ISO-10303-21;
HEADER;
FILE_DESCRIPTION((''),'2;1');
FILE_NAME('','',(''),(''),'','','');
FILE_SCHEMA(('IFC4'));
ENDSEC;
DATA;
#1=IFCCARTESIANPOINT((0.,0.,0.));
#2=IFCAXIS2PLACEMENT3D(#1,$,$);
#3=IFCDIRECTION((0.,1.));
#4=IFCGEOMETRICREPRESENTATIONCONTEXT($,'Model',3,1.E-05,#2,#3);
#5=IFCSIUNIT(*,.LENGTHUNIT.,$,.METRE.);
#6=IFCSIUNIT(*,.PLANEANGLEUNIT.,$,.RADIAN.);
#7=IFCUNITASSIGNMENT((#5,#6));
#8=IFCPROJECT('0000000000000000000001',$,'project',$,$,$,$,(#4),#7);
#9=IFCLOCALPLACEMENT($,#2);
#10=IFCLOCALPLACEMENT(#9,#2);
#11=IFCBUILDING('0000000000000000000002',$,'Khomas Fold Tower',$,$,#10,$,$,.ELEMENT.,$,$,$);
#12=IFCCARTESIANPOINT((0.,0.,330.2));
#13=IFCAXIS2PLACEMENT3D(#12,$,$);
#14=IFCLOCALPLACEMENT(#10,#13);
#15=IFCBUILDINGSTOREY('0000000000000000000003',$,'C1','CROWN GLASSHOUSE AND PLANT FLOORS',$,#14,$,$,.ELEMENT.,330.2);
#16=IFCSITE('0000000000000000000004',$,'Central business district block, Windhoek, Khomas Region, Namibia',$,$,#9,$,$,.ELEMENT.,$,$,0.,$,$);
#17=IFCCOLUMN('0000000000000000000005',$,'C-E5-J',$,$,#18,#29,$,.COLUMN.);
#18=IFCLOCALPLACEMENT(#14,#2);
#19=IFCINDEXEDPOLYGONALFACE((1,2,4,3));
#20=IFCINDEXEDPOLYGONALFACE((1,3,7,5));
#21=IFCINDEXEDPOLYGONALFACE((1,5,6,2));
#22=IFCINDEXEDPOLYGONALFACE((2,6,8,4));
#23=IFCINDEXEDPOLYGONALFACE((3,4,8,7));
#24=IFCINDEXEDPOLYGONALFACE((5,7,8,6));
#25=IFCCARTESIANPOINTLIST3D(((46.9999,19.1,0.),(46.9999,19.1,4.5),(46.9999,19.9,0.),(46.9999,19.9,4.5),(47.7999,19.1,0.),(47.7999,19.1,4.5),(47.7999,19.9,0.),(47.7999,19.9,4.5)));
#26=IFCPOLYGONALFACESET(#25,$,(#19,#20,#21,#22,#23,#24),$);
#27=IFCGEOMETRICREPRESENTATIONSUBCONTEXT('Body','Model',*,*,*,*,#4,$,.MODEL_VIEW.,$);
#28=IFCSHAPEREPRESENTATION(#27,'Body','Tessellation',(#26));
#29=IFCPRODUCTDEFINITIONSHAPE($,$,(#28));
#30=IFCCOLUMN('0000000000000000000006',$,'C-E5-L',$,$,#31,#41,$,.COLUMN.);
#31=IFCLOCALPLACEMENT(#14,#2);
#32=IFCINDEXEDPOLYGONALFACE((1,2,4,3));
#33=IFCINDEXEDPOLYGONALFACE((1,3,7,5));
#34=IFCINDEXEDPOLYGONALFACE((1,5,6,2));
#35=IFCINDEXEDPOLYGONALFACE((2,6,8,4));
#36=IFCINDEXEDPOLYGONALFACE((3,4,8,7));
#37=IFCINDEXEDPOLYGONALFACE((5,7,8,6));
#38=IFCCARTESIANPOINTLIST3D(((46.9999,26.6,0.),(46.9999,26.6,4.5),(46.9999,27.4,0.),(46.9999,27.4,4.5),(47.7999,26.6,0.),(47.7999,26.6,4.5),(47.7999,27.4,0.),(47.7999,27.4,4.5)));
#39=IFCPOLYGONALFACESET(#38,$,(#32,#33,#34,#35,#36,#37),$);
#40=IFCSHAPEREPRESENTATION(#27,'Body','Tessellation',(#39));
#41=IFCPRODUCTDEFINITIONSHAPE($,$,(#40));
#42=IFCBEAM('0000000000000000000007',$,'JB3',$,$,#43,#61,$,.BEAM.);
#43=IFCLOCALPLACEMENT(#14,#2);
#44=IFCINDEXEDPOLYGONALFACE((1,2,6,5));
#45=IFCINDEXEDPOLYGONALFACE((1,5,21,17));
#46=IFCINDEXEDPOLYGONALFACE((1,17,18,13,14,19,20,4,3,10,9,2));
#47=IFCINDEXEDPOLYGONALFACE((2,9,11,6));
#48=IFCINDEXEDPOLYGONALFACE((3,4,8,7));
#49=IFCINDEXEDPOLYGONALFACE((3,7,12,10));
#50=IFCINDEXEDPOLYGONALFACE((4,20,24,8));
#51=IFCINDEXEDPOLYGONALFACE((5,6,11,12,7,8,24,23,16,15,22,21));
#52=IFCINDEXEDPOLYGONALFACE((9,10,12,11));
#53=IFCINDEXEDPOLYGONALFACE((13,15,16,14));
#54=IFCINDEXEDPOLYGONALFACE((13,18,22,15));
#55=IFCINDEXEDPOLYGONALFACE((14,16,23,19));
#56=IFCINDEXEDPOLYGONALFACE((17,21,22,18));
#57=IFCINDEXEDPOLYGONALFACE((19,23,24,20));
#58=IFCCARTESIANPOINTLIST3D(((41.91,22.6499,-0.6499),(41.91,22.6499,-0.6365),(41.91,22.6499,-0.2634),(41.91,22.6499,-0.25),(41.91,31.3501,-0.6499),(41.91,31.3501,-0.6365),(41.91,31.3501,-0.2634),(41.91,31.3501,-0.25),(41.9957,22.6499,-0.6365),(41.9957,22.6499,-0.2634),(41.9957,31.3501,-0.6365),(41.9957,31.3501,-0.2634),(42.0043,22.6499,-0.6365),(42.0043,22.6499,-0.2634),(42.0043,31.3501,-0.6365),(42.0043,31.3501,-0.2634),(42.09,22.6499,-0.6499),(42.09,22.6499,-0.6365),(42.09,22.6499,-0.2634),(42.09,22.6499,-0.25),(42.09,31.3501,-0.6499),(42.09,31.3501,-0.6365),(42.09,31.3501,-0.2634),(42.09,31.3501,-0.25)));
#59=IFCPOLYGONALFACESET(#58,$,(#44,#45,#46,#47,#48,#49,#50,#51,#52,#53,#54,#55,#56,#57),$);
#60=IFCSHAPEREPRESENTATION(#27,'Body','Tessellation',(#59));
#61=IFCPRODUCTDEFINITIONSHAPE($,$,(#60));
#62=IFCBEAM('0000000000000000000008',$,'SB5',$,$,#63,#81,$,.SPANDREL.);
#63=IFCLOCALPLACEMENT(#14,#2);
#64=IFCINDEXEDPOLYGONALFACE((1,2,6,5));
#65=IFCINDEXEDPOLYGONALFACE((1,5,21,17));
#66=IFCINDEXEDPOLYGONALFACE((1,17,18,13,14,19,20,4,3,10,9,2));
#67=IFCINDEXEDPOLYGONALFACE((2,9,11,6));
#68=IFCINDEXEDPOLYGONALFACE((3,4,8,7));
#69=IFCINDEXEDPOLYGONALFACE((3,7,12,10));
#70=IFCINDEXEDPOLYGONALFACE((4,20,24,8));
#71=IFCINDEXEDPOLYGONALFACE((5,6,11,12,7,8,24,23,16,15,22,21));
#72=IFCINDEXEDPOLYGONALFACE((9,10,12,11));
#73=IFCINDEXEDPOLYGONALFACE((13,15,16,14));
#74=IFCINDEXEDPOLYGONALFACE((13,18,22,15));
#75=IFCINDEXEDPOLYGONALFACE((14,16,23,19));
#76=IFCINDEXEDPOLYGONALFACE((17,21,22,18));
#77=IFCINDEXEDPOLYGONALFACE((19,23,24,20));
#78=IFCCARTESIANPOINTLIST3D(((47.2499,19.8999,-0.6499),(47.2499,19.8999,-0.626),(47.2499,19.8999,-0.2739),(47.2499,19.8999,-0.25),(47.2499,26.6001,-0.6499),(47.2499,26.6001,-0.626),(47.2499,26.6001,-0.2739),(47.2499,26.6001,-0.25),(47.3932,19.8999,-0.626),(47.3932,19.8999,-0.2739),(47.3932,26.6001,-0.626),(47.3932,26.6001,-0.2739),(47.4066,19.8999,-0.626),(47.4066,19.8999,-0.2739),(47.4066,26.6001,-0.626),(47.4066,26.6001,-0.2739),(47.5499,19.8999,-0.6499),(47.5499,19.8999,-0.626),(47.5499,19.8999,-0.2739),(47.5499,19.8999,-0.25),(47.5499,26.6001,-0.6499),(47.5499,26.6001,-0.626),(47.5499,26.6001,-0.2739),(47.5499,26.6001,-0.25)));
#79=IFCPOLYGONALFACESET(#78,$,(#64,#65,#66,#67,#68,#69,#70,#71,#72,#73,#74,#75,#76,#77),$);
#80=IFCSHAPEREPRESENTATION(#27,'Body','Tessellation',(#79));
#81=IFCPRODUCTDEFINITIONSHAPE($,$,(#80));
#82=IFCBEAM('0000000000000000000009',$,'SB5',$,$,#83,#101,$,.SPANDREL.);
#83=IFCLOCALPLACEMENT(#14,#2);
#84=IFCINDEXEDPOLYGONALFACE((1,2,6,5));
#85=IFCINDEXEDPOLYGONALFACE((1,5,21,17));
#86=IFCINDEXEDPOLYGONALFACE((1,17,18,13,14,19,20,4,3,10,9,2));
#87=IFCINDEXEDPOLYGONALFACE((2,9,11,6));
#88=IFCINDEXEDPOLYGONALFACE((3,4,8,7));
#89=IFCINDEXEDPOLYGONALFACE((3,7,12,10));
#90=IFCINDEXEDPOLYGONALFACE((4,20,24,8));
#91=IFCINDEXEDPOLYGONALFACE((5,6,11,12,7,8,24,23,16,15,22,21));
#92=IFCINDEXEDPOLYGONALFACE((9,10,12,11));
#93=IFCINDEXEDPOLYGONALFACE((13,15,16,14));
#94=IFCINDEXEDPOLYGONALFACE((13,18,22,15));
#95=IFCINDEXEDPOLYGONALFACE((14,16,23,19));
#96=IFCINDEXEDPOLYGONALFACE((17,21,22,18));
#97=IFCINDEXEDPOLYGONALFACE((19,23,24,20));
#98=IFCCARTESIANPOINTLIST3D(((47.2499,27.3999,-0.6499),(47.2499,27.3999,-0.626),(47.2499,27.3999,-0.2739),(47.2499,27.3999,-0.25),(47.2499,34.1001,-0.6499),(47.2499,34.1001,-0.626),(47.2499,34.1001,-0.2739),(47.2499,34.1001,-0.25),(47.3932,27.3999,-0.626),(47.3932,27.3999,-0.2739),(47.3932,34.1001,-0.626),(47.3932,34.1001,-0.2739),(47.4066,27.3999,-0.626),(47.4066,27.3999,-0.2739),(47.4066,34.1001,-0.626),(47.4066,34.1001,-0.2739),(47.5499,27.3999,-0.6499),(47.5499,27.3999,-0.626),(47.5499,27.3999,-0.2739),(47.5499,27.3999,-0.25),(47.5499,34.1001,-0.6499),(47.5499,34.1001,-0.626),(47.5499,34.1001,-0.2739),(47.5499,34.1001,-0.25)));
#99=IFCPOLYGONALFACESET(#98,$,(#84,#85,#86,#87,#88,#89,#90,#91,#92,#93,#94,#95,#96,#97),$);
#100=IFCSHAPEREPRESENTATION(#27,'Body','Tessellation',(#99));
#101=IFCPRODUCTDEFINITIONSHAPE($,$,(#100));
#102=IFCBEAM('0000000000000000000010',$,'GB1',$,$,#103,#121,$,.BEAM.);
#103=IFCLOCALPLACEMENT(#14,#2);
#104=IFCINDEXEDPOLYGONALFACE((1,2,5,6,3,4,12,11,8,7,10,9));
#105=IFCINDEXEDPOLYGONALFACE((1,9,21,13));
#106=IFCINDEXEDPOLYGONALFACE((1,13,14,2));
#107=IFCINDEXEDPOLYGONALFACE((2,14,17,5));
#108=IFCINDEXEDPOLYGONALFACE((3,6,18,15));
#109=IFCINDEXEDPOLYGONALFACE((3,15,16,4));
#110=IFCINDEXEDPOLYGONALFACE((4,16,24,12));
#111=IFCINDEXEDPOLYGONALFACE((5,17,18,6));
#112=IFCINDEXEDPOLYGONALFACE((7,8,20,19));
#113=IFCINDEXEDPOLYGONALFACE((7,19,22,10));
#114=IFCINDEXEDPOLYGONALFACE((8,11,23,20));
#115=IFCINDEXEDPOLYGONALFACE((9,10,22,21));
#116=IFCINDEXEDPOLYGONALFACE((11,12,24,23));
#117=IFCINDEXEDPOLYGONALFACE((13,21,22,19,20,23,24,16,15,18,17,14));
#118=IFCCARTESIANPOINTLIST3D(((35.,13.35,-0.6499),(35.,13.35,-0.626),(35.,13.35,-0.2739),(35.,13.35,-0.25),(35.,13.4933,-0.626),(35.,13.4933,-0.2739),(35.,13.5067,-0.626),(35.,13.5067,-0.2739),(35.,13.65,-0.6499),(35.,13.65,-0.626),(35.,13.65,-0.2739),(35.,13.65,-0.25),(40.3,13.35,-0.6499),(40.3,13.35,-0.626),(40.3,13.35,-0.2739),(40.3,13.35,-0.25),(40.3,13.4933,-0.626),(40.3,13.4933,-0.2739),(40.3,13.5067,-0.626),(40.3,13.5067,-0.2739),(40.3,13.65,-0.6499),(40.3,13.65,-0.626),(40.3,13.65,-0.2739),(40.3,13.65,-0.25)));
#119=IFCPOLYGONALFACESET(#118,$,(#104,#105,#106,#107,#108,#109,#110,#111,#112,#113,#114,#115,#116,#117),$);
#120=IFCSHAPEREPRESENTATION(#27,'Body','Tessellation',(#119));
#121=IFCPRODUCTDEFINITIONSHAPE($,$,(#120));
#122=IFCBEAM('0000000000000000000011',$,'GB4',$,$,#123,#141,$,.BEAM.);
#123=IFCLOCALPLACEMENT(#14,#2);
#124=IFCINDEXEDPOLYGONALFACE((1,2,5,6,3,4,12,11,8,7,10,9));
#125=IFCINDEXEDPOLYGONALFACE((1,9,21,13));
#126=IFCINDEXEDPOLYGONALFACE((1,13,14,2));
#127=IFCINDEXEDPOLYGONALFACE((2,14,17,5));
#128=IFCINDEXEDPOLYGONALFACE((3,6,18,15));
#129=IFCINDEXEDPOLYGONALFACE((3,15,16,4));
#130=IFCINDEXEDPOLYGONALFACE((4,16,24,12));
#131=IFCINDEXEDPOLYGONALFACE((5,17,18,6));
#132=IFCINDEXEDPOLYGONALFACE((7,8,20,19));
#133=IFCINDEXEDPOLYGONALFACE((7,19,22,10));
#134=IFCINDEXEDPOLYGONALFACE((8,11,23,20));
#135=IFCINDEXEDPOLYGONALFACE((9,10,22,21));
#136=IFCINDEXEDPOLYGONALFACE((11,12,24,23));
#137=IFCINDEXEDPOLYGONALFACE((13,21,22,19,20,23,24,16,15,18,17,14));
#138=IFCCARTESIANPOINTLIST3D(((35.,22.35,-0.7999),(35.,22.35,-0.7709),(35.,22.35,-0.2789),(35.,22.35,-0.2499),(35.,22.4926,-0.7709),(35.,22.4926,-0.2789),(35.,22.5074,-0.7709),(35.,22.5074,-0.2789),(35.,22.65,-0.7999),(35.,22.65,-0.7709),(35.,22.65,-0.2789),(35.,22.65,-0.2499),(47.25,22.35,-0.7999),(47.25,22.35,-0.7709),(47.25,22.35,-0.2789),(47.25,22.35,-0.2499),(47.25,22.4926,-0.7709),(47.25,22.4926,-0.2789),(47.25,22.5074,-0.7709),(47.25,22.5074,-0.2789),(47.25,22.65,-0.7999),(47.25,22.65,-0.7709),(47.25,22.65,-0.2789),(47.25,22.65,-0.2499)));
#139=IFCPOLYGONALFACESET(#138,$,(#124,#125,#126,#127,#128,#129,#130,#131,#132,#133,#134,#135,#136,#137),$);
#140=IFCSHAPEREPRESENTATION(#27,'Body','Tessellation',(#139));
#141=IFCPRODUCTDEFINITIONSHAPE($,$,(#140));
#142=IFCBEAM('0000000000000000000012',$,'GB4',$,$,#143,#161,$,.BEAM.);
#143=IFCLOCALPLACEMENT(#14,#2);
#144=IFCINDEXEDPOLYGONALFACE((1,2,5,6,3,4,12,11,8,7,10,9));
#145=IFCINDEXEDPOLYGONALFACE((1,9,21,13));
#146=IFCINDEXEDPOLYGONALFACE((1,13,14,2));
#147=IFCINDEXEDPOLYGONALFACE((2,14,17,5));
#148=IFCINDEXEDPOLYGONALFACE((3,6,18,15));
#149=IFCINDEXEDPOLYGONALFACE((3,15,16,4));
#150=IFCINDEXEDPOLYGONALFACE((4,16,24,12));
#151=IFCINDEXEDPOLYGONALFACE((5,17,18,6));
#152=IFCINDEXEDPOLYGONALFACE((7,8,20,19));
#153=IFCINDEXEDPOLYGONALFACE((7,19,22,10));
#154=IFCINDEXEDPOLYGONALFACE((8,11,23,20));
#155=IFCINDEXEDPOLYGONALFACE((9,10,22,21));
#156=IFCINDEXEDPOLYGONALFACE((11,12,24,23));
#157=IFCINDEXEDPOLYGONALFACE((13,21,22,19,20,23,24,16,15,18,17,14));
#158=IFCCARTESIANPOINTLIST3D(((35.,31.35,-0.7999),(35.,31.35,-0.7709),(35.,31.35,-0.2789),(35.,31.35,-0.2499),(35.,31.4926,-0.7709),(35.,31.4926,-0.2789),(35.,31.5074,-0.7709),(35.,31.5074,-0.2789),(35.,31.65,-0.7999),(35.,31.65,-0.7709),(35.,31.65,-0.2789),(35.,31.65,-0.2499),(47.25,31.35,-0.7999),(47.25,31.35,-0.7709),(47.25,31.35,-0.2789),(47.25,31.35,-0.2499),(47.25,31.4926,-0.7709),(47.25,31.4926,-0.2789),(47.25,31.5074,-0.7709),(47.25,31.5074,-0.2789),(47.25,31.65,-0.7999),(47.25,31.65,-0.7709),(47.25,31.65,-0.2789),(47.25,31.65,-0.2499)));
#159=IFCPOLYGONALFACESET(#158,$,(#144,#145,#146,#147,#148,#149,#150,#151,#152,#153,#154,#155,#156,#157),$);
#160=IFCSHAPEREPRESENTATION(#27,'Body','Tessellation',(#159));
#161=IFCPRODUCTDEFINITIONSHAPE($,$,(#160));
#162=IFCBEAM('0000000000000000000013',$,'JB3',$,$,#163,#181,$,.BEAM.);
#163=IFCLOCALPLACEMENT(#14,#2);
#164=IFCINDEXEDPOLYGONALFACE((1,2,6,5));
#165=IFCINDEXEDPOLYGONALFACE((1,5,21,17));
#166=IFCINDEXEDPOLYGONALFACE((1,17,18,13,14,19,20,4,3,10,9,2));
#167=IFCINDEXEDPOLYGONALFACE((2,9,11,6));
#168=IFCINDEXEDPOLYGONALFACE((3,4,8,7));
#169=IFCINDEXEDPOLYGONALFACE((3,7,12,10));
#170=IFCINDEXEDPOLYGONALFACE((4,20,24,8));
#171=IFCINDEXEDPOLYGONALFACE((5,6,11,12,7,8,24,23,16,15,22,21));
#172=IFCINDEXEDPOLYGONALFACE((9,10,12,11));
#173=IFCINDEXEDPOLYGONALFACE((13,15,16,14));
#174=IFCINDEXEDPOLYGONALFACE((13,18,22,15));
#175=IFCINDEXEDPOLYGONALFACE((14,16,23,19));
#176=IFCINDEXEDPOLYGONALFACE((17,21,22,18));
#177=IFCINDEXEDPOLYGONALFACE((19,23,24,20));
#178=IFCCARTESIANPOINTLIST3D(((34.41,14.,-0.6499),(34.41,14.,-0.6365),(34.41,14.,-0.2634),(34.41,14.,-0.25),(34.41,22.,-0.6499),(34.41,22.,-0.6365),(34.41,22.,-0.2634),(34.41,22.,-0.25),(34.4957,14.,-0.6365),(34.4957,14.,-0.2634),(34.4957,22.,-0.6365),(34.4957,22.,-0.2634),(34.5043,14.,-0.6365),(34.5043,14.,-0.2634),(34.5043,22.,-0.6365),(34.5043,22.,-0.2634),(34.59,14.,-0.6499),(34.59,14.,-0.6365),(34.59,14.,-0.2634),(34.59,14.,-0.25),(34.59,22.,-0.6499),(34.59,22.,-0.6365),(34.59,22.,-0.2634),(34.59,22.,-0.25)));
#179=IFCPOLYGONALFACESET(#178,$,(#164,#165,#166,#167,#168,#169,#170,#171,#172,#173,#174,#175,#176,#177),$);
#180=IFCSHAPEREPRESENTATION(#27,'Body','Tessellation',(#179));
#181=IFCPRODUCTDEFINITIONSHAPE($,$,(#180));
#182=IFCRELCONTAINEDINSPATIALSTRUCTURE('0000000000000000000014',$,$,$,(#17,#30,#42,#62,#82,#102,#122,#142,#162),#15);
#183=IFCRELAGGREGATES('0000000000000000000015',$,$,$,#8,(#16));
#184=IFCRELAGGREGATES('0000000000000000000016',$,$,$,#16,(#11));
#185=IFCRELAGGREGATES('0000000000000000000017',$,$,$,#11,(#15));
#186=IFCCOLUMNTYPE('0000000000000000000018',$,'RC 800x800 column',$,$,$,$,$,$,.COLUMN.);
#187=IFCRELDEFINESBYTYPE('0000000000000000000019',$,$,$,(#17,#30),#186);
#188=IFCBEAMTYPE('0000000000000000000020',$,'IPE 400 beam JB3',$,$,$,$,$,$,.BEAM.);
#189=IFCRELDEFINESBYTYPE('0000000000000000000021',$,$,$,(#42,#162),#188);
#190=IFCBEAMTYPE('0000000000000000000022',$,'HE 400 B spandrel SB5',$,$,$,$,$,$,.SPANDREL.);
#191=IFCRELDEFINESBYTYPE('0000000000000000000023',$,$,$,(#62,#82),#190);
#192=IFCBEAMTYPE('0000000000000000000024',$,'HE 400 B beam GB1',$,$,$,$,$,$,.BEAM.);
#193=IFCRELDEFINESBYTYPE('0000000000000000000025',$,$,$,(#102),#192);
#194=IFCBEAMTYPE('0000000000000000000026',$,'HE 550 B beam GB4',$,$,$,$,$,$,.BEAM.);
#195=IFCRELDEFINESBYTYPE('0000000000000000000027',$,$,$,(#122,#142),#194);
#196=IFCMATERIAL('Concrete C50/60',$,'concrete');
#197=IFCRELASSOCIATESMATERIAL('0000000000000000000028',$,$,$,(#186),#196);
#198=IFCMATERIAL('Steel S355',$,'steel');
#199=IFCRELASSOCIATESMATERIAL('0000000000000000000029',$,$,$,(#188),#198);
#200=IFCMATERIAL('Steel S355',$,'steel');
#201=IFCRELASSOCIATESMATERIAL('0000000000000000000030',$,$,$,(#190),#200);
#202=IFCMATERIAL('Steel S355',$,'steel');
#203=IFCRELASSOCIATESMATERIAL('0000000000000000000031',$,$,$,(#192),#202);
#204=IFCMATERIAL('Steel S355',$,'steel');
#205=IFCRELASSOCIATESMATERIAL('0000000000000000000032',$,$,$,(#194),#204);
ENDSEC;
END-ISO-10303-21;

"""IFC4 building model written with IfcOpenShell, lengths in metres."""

from ifc_helpers import new_model, si_unit, direction, frame, origin, origin_2d, place, context, subcontext, project, spatial, rectangle, i_section, extrude, source, transform, mapped, material, material_profile, profile_set, type_object, element, save


model = new_model("IFC4")

# Units and contexts
model_context = context("Model", 3, precision=1e-05, world=origin(), true_north=direction((0.0, 1.0)))
body_context = subcontext(model_context, "Body", "Model", "MODEL_VIEW")
ifc_project = project(units=[si_unit("LENGTHUNIT", "METRE"), si_unit("PLANEANGLEUNIT", "RADIAN")], contexts=[model_context])

# Site, building, storey
site_placement = place(None, origin())
site = spatial("IfcSite", under=ifc_project, at=site_placement, Name="Central business district block, Windhoek, Khomas Region, Namibia", CompositionType="ELEMENT", RefElevation=0.0)
building_placement = place(site_placement, origin())
building = spatial("IfcBuilding", under=site, at=building_placement, Name="Khomas Fold Tower", CompositionType="ELEMENT")
storey_placement = place(building_placement, frame((0.0, 0.0, 330.2)))
storey = spatial("IfcBuildingStorey", under=building, at=storey_placement, Name="C1", Description="CROWN GLASSHOUSE AND PLANT FLOORS", CompositionType="ELEMENT", Elevation=330.2)

# Columns
ifc_material_1 = material(Name="Concrete C50/60", Category="concrete")
ifc_material_profile_1 = material_profile(ifc_material_1, rectangle(XDim=0.8, YDim=0.8, at=origin_2d()), Name="RC 800x800")
ifc_profile_set_1 = profile_set([ifc_material_profile_1], Name="Concrete C50/60")
column_type = type_object("IfcColumnType", Name="RC 800x800 column", PredefinedType="COLUMN", material=ifc_profile_set_1)
shared_shape_1 = source(origin(), body_context, "Body", "SweptSolid", [
    extrude(rectangle(XDim=0.8, YDim=0.8, at=origin_2d()), origin(), (0.0, 0.0, 1.0), 4.5),
])
for number, where, z_axis, x_axis, name in (
    (1, (47.3999, 19.5, 0.0), (0.0, 0.0, 1.0), (1.0, 0.0, 0.0), "C-E5-J"),
    (2, (47.3999, 27.0, 0.0), (0.0, 0.0, 1.0), (1.0, 0.0, 0.0), "C-E5-L"),
):
    element("IfcColumn", number, at=place(storey_placement, frame(where, z_axis=z_axis, x_axis=x_axis)), inside=storey, type_object=column_type, Name=name, PredefinedType="COLUMN", context=body_context, shape_type="MappedRepresentation", body=[
        mapped(shared_shape_1, transform((0.0, 0.0, 0.0))),
    ])

# Beams
ifc_material_2 = material(Name="Steel S355", Category="steel")
ifc_material_profile_2 = material_profile(ifc_material_2, i_section(OverallWidth=0.1799, OverallDepth=0.3999, WebThickness=0.0085, FlangeThickness=0.0134, at=origin_2d()), Name="IPE 400")
ifc_profile_set_2 = profile_set([ifc_material_profile_2], Name="Steel S355")
beam_type_1 = type_object("IfcBeamType", Name="IPE 400 beam JB3", PredefinedType="BEAM", material=ifc_profile_set_2)
shared_shape_2 = source(origin(), body_context, "Body", "SweptSolid", [
    extrude(i_section(OverallWidth=0.1799, OverallDepth=0.3999, WebThickness=0.0085, FlangeThickness=0.0134, at=origin_2d()), origin(), (0.0, 0.0, 1.0), 8.7002),
])
beam_1_placement = place(storey_placement, frame((42.0, 22.6499, -0.45), z_axis=(0.0, 1.0, 0.0), x_axis=(-1.0, 0.0, 0.0)))
element("IfcBeam", 3, at=beam_1_placement, inside=storey, type_object=beam_type_1, Name="JB3", PredefinedType="BEAM", context=body_context, shape_type="MappedRepresentation", body=[
    mapped(shared_shape_2, transform((0.0, 0.0, 0.0))),
])
ifc_material_3 = material(Name="Steel S355", Category="steel")
ifc_material_profile_3 = material_profile(ifc_material_3, i_section(OverallWidth=0.3, OverallDepth=0.3999, WebThickness=0.0134, FlangeThickness=0.0239, at=origin_2d()), Name="HE 400 B")
ifc_profile_set_3 = profile_set([ifc_material_profile_3], Name="Steel S355")
beam_type_2 = type_object("IfcBeamType", Name="HE 400 B spandrel SB5", PredefinedType="SPANDREL", material=ifc_profile_set_3)
shared_shape_3 = source(origin(), body_context, "Body", "SweptSolid", [
    extrude(i_section(OverallWidth=0.3, OverallDepth=0.3999, WebThickness=0.0134, FlangeThickness=0.0239, at=origin_2d()), origin(), (0.0, 0.0, 1.0), 6.7002),
])
for number, where, z_axis, x_axis, name in (
    (4, (47.3999, 19.8999, -0.45), (0.0, 1.0, 0.0), (-1.0, 0.0, 0.0), "SB5"),
    (5, (47.3999, 27.3999, -0.45), (0.0, 1.0, 0.0), (-1.0, 0.0, 0.0), "SB5"),
):
    element("IfcBeam", number, at=place(storey_placement, frame(where, z_axis=z_axis, x_axis=x_axis)), inside=storey, type_object=beam_type_2, Name=name, PredefinedType="SPANDREL", context=body_context, shape_type="MappedRepresentation", body=[
        mapped(shared_shape_3, transform((0.0, 0.0, 0.0))),
    ])
ifc_material_4 = material(Name="Steel S355", Category="steel")
ifc_material_profile_4 = material_profile(ifc_material_4, i_section(OverallWidth=0.3, OverallDepth=0.3999, WebThickness=0.0134, FlangeThickness=0.0239, at=origin_2d()), Name="HE 400 B")
ifc_profile_set_4 = profile_set([ifc_material_profile_4], Name="Steel S355")
beam_type_3 = type_object("IfcBeamType", Name="HE 400 B beam GB1", PredefinedType="BEAM", material=ifc_profile_set_4)
shared_shape_4 = source(origin(), body_context, "Body", "SweptSolid", [
    extrude(i_section(OverallWidth=0.3, OverallDepth=0.3999, WebThickness=0.0134, FlangeThickness=0.0239, at=origin_2d()), origin(), (0.0, 0.0, 1.0), 5.3),
])
beam_2_placement = place(storey_placement, frame((35.0, 13.5, -0.45), z_axis=(1.0, 0.0, 0.0), x_axis=(0.0, 1.0, 0.0)))
element("IfcBeam", 6, at=beam_2_placement, inside=storey, type_object=beam_type_3, Name="GB1", PredefinedType="BEAM", context=body_context, shape_type="MappedRepresentation", body=[
    mapped(shared_shape_4, transform((0.0, 0.0, 0.0))),
])
ifc_material_5 = material(Name="Steel S355", Category="steel")
ifc_material_profile_5 = material_profile(ifc_material_5, i_section(OverallWidth=0.3, OverallDepth=0.55, WebThickness=0.0149, FlangeThickness=0.0291, at=origin_2d()), Name="HE 550 B")
ifc_profile_set_5 = profile_set([ifc_material_profile_5], Name="Steel S355")
beam_type_4 = type_object("IfcBeamType", Name="HE 550 B beam GB4", PredefinedType="BEAM", material=ifc_profile_set_5)
shared_shape_5 = source(origin(), body_context, "Body", "SweptSolid", [
    extrude(i_section(OverallWidth=0.3, OverallDepth=0.55, WebThickness=0.0149, FlangeThickness=0.0291, at=origin_2d()), origin(), (0.0, 0.0, 1.0), 12.25),
])
for number, where, z_axis, x_axis, name in (
    (7, (35.0, 22.5, -0.5249), (1.0, 0.0, 0.0), (0.0, 1.0, 0.0), "GB4"),
    (8, (35.0, 31.5, -0.5249), (1.0, 0.0, 0.0), (0.0, 1.0, 0.0), "GB4"),
):
    element("IfcBeam", number, at=place(storey_placement, frame(where, z_axis=z_axis, x_axis=x_axis)), inside=storey, type_object=beam_type_4, Name=name, PredefinedType="BEAM", context=body_context, shape_type="MappedRepresentation", body=[
        mapped(shared_shape_5, transform((0.0, 0.0, 0.0))),
    ])
shared_shape_6 = source(origin(), body_context, "Body", "SweptSolid", [
    extrude(i_section(OverallWidth=0.1799, OverallDepth=0.3999, WebThickness=0.0085, FlangeThickness=0.0134, at=origin_2d()), origin(), (0.0, 0.0, 1.0), 8.0),
])
for number, where, z_axis, x_axis, name in (
    (9, (34.5, 14.0, -0.45), (0.0, 1.0, 0.0), (-1.0, 0.0, 0.0), "JB3"),
):
    element("IfcBeam", number, at=place(storey_placement, frame(where, z_axis=z_axis, x_axis=x_axis)), inside=storey, type_object=beam_type_1, Name=name, PredefinedType="BEAM", context=body_context, shape_type="MappedRepresentation", body=[
        mapped(shared_shape_6, transform((0.0, 0.0, 0.0))),
    ])

save(model, "model.ifc")
